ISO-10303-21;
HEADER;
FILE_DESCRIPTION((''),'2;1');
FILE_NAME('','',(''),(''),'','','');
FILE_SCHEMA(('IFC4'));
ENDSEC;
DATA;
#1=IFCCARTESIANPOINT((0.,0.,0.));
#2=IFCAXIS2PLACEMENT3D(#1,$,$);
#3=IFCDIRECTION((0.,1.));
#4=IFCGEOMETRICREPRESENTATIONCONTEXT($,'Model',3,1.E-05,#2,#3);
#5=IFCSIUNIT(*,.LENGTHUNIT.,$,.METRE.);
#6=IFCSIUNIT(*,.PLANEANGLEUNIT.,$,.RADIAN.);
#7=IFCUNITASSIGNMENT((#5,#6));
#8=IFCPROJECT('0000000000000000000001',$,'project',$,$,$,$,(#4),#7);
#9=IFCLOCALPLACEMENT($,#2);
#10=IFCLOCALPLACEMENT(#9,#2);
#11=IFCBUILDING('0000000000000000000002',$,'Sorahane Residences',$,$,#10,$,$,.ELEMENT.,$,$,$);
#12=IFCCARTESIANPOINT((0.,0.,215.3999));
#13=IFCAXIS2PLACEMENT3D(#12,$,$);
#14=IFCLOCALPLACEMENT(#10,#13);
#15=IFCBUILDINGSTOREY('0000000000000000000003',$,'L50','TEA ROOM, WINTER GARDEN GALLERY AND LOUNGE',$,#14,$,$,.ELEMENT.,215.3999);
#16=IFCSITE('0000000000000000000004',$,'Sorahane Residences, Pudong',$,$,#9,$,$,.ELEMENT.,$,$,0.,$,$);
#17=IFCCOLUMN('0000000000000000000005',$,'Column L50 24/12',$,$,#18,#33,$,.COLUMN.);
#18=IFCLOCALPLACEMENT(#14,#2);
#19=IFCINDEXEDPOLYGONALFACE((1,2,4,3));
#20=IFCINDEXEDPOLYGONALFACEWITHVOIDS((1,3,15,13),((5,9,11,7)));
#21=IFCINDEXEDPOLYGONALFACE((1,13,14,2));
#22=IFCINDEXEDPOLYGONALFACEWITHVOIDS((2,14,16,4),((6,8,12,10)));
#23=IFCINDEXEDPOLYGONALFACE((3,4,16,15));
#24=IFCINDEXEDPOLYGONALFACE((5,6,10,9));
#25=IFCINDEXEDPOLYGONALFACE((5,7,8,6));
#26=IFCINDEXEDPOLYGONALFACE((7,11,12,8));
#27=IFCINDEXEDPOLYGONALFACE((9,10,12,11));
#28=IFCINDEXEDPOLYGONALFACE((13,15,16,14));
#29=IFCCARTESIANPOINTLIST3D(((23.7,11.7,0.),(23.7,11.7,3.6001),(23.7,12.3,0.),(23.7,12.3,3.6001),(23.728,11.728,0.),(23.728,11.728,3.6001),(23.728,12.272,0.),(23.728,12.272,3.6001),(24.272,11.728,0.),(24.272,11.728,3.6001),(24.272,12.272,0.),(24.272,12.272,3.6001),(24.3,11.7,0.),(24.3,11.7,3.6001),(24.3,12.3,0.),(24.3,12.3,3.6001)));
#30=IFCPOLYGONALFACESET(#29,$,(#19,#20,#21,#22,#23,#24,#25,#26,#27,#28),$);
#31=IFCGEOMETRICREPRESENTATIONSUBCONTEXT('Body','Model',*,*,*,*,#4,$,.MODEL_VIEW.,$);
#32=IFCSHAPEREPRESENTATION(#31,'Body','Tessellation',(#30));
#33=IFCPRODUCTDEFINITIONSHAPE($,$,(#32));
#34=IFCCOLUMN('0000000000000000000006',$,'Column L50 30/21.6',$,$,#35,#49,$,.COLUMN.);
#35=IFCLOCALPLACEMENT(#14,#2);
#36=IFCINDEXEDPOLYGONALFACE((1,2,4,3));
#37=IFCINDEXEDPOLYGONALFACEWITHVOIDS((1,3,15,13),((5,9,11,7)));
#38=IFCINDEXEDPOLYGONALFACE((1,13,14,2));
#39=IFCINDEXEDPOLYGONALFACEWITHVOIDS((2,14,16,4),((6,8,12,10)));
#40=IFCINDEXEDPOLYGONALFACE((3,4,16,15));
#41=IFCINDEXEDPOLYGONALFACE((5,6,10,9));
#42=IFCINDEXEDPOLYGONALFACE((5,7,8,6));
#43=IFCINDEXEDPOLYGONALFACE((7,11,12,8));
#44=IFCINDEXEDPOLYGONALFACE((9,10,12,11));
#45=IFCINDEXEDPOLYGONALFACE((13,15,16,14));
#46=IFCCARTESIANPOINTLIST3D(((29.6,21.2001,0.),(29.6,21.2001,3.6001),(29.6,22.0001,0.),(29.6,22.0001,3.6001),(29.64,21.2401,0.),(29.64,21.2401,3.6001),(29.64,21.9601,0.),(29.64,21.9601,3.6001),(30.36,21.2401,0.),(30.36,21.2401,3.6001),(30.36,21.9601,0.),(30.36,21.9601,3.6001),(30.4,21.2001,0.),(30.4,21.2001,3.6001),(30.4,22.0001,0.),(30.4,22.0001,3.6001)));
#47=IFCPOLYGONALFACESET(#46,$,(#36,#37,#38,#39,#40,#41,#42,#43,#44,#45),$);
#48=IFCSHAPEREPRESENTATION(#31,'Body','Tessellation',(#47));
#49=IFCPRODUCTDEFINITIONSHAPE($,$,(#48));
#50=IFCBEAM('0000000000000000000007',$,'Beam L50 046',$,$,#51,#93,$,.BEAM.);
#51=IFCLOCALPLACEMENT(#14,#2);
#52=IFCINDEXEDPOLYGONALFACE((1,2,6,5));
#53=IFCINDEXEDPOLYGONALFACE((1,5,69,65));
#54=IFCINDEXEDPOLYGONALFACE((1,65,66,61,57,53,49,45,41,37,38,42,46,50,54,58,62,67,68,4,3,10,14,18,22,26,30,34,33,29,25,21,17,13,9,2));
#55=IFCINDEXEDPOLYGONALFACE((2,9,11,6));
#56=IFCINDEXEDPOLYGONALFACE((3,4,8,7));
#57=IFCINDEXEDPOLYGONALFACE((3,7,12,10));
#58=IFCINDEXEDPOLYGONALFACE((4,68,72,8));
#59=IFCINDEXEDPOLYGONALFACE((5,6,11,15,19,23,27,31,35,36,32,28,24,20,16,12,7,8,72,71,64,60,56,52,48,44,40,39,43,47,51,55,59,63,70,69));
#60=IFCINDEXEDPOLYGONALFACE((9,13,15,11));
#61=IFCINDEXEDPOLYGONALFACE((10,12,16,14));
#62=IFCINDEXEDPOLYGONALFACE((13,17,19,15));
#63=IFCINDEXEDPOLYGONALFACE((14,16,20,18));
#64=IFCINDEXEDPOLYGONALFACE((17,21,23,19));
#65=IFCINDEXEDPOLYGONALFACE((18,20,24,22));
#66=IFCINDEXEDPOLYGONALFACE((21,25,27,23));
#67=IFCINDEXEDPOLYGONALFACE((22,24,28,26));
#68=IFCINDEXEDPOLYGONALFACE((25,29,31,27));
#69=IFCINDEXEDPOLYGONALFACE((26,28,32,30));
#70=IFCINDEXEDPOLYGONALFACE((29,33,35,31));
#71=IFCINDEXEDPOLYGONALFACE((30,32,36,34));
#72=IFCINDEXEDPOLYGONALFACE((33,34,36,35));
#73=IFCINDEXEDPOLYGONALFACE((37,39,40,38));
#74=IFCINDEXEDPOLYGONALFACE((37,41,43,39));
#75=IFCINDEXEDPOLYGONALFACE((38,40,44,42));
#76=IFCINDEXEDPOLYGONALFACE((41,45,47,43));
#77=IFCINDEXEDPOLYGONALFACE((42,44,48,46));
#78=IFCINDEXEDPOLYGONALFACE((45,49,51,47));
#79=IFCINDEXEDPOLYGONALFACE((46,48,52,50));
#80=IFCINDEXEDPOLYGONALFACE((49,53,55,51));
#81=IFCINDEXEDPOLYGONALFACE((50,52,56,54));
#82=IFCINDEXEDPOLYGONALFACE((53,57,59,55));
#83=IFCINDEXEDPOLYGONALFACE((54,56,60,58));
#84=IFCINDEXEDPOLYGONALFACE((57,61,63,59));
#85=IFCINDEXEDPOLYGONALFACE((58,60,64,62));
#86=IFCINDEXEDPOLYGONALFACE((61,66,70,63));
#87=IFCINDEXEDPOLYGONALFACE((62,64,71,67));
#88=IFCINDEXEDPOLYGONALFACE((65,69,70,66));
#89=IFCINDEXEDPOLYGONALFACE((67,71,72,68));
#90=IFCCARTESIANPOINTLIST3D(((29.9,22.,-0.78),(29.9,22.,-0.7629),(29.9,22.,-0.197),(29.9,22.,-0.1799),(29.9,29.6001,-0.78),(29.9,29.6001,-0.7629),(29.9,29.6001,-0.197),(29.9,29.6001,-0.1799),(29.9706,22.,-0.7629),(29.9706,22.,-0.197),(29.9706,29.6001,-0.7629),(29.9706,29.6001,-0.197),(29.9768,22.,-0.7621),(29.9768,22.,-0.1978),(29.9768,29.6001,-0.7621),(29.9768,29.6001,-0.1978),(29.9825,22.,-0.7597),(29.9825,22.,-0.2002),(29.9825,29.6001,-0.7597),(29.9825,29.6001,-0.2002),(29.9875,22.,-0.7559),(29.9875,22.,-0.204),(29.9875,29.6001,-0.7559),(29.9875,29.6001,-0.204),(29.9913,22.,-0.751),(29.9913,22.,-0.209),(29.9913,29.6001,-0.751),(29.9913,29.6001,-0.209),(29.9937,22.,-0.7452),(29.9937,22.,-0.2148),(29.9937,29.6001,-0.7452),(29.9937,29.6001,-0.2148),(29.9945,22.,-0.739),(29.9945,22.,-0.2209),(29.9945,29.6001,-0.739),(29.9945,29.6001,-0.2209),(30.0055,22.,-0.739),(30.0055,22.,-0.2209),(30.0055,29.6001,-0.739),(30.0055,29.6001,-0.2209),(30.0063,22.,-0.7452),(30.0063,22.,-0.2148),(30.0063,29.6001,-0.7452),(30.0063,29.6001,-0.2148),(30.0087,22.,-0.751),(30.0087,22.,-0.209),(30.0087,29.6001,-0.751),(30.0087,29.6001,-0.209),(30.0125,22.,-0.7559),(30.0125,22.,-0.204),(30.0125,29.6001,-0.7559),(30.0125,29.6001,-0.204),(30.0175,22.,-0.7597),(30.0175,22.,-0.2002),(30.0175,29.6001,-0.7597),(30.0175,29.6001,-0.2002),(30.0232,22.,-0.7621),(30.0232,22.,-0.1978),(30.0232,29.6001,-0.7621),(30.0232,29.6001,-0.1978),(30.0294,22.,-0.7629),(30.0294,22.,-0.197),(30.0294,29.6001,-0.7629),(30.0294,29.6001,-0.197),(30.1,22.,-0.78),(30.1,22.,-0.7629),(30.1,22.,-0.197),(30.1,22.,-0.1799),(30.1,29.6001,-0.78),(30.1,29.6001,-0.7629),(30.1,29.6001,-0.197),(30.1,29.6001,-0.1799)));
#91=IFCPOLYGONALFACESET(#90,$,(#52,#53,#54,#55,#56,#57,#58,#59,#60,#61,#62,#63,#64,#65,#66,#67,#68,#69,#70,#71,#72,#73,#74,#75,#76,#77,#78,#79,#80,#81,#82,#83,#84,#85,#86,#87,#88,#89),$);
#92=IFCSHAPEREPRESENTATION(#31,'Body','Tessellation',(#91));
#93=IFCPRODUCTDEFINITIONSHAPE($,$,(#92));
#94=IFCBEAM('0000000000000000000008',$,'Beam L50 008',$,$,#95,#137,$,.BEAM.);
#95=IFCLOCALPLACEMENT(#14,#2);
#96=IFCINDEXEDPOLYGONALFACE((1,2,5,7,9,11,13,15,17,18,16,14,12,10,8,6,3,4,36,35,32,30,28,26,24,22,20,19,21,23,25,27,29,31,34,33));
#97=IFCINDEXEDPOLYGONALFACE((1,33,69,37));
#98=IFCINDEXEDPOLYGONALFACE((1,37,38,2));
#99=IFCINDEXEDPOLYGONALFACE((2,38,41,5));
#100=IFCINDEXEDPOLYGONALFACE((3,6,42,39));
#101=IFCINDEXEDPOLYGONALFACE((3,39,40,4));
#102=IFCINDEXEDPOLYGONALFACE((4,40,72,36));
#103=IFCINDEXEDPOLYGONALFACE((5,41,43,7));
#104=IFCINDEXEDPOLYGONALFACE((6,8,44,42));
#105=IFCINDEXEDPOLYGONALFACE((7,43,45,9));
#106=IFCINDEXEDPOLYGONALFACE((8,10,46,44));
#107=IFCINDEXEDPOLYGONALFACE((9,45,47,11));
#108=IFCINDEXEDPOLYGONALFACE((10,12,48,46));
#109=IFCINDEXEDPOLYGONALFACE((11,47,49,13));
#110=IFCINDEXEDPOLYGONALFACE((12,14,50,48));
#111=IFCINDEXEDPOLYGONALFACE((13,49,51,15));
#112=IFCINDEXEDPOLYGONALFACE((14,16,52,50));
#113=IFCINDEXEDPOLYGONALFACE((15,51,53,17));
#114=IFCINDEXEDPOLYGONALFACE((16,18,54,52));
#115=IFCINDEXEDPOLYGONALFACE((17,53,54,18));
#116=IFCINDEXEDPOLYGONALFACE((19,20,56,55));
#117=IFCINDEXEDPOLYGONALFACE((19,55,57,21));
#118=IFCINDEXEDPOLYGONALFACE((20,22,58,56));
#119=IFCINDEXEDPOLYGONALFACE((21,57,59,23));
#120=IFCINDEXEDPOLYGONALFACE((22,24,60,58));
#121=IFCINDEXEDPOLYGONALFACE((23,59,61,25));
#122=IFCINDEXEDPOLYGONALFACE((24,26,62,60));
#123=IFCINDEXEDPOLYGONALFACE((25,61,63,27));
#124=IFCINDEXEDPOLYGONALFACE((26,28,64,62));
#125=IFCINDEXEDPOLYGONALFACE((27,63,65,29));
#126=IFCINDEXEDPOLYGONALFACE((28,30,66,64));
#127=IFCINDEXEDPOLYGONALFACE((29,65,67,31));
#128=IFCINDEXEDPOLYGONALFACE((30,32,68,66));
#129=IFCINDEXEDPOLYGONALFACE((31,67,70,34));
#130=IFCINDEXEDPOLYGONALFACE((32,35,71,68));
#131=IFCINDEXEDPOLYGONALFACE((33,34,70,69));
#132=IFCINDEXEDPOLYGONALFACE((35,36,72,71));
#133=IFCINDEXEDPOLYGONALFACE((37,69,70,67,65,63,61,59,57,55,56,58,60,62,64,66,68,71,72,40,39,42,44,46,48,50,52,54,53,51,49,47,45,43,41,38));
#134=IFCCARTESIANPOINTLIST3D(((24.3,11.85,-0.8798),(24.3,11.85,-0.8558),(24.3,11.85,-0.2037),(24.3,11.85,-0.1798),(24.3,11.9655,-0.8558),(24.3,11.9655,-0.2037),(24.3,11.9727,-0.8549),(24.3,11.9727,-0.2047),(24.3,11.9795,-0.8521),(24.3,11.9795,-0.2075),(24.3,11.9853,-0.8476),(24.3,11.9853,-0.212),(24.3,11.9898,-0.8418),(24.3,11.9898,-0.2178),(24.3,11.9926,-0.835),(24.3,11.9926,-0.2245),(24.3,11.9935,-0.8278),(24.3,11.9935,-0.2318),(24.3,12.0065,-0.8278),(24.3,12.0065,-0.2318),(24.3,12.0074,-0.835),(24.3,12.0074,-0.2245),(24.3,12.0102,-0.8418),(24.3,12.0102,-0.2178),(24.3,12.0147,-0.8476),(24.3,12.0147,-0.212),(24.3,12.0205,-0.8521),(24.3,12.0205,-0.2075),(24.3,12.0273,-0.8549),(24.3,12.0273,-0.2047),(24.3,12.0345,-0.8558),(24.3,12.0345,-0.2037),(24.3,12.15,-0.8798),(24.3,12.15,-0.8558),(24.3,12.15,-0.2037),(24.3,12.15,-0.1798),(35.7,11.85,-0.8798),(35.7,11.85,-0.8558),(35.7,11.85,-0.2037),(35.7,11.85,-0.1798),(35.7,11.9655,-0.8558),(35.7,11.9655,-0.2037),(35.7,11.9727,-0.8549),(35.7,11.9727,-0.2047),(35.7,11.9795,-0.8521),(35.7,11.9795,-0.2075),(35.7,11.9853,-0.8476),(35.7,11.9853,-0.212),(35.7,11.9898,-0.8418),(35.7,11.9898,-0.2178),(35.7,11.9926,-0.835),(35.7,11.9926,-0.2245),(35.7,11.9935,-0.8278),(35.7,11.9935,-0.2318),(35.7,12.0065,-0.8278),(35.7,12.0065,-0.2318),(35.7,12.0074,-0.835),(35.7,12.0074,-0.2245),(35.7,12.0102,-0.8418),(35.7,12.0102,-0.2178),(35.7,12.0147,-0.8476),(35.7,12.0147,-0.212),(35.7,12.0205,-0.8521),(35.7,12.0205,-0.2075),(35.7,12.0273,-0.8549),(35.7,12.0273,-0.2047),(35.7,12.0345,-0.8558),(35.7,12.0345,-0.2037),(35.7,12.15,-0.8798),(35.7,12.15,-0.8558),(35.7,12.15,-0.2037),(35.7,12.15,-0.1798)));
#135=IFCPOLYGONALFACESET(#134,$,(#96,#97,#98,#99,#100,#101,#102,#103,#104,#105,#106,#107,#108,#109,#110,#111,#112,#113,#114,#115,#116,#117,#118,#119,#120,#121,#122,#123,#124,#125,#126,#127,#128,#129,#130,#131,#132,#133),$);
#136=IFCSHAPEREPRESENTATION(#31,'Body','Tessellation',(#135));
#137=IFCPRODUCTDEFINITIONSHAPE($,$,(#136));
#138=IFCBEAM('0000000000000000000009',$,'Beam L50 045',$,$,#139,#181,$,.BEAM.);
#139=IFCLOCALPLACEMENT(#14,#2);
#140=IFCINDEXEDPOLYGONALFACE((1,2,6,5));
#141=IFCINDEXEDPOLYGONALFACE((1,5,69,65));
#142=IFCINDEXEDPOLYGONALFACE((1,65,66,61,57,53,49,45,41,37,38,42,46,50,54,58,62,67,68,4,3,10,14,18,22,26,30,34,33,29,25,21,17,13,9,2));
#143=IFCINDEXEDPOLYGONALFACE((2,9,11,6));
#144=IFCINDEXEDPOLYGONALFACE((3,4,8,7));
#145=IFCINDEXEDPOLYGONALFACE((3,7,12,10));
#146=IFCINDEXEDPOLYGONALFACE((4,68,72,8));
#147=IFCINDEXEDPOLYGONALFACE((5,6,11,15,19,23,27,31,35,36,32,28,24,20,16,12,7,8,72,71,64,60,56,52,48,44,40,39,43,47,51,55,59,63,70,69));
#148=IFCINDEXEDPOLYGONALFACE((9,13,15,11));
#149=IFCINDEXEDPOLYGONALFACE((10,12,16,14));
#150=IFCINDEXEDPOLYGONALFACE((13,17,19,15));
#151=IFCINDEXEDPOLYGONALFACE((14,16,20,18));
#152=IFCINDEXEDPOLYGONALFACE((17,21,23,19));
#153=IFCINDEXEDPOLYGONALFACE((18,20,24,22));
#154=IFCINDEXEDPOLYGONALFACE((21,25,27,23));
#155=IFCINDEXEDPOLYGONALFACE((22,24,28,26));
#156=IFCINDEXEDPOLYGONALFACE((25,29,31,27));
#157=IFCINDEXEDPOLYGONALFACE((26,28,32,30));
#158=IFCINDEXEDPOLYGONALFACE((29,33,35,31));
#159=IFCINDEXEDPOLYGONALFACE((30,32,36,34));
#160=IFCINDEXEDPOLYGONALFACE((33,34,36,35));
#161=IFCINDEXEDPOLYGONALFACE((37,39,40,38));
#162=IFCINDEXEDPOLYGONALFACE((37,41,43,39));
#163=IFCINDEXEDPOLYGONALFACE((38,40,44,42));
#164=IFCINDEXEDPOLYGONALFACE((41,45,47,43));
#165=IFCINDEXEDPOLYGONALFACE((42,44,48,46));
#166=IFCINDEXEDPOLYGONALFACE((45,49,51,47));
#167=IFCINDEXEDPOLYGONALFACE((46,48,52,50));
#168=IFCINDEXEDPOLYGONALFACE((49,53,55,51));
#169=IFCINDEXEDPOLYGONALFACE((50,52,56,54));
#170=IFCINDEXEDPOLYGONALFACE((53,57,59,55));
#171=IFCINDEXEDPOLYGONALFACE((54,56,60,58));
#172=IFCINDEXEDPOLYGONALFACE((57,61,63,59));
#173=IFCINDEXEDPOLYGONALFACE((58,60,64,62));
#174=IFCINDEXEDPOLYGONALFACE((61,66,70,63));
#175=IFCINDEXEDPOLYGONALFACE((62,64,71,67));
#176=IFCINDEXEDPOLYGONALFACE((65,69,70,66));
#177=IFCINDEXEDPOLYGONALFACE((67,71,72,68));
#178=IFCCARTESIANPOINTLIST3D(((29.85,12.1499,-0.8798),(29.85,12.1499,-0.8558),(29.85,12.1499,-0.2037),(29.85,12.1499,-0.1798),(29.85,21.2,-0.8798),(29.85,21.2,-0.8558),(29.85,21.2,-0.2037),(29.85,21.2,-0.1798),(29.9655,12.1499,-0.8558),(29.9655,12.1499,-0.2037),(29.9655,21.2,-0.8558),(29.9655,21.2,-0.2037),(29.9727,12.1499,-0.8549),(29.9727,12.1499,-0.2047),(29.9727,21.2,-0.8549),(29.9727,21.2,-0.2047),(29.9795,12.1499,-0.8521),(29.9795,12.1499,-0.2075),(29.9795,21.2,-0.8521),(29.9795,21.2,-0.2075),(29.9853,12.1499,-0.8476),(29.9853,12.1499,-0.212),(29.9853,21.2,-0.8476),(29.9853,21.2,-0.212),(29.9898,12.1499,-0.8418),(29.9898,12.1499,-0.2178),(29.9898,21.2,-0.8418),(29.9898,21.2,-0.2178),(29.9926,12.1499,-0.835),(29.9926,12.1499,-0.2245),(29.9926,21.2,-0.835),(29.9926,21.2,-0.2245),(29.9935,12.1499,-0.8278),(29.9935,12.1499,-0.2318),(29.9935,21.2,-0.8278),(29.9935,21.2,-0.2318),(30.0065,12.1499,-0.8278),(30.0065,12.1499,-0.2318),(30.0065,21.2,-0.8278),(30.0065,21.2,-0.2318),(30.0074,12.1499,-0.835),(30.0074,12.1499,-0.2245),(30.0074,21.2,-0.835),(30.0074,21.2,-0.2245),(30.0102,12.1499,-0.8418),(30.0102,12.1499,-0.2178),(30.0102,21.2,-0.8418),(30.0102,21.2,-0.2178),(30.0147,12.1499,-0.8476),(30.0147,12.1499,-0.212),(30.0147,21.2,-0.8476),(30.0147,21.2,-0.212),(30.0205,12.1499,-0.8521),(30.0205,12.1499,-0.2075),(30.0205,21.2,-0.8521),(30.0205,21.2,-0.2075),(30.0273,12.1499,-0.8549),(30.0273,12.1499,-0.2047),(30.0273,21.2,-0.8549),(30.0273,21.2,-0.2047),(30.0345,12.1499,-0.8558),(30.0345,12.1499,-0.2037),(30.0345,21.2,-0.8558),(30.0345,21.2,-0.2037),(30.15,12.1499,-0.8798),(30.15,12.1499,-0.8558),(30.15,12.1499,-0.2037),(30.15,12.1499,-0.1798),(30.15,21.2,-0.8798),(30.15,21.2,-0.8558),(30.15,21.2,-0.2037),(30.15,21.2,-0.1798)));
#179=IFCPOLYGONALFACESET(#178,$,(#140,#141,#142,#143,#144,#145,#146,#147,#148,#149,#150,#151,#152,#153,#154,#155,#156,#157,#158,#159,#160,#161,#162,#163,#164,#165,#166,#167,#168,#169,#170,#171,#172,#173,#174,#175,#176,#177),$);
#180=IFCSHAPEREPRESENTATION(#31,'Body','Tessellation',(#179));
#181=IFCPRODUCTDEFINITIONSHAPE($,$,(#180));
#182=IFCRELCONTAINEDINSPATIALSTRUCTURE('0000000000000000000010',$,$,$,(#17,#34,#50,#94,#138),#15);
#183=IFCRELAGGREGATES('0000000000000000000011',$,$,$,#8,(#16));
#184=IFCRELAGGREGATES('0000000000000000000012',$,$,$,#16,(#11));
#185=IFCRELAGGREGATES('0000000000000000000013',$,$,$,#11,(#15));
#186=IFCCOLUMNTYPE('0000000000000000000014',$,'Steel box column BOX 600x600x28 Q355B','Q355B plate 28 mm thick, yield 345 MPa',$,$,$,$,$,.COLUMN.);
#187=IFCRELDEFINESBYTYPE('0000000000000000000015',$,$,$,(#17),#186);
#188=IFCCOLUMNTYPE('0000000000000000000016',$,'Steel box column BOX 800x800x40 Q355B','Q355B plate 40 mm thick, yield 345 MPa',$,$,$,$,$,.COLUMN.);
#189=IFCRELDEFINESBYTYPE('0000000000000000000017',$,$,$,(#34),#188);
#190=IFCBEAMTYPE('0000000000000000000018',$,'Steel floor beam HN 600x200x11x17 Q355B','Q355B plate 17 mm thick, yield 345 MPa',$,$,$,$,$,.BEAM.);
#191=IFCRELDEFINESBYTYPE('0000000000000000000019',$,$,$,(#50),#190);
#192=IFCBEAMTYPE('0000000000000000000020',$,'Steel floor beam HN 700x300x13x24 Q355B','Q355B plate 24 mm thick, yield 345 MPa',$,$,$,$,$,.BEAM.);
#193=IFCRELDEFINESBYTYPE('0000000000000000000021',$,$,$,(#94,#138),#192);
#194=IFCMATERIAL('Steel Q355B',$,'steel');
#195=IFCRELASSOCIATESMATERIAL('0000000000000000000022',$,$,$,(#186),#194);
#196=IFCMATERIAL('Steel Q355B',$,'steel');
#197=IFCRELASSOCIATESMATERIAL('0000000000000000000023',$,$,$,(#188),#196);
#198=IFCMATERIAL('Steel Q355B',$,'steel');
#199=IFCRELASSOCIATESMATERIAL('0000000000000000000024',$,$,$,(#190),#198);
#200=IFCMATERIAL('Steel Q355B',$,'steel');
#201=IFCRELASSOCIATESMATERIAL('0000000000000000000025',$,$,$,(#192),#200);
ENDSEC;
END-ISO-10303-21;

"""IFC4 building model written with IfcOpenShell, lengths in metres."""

from ifc_helpers import new_model, si_unit, direction, frame, origin, origin_2d, place, context, subcontext, project, spatial, hollow_rectangle, i_section, extrude, material, material_profile, profile_set, type_object, element, save


model = new_model("IFC4")

# Units and contexts
model_context = context("Model", 3, precision=1e-05, world=origin(), true_north=direction((0.0, 1.0)))
body_context = subcontext(model_context, "Body", "Model", "MODEL_VIEW")
ifc_project = project(units=[si_unit("LENGTHUNIT", "METRE"), si_unit("PLANEANGLEUNIT", "RADIAN")], contexts=[model_context])

# Site, building, storey
site_placement = place(None, origin())
site = spatial("IfcSite", under=ifc_project, at=site_placement, Name="Sorahane Residences, Pudong", CompositionType="ELEMENT", RefElevation=0.0)
building_placement = place(site_placement, origin())
building = spatial("IfcBuilding", under=site, at=building_placement, Name="Sorahane Residences", CompositionType="ELEMENT")
storey_placement = place(building_placement, frame((0.0, 0.0, 215.3999)))
storey = spatial("IfcBuildingStorey", under=building, at=storey_placement, Name="L50", Description="TEA ROOM, WINTER GARDEN GALLERY AND LOUNGE", CompositionType="ELEMENT", Elevation=215.3999)

# Columns
ifc_material_1 = material(Name="Steel Q355B", Category="steel")
ifc_material_profile_1 = material_profile(ifc_material_1, hollow_rectangle(XDim=0.6001, YDim=0.6001, WallThickness=0.0281, at=origin_2d()), Name="BOX 600x600x28")
ifc_profile_set_1 = profile_set([ifc_material_profile_1], Name="Steel Q355B")
column_type_1 = type_object("IfcColumnType", Name="Steel box column BOX 600x600x28 Q355B", Description="Q355B plate 28 mm thick, yield 345 MPa", PredefinedType="COLUMN", material=ifc_profile_set_1)
column_1_placement = place(storey_placement, frame((24.0, 12.0, 0.0), z_axis=(0.0, 0.0, 1.0), x_axis=(1.0, 0.0, 0.0)))
element("IfcColumn", 1, at=column_1_placement, inside=storey, type_object=column_type_1, Name="Column L50 24/12", PredefinedType="COLUMN", context=body_context, shape_type="SweptSolid", body=[
    extrude(hollow_rectangle(XDim=0.6001, YDim=0.6001, WallThickness=0.0281, at=origin_2d()), origin(), (0.0, 0.0, 1.0), 3.6001),
])
ifc_material_2 = material(Name="Steel Q355B", Category="steel")
ifc_material_profile_2 = material_profile(ifc_material_2, hollow_rectangle(XDim=0.8, YDim=0.8, WallThickness=0.04, at=origin_2d()), Name="BOX 800x800x40")
ifc_profile_set_2 = profile_set([ifc_material_profile_2], Name="Steel Q355B")
column_type_2 = type_object("IfcColumnType", Name="Steel box column BOX 800x800x40 Q355B", Description="Q355B plate 40 mm thick, yield 345 MPa", PredefinedType="COLUMN", material=ifc_profile_set_2)
column_2_placement = place(storey_placement, frame((30.0, 21.6001, 0.0), z_axis=(0.0, 0.0, 1.0), x_axis=(1.0, 0.0, 0.0)))
element("IfcColumn", 2, at=column_2_placement, inside=storey, type_object=column_type_2, Name="Column L50 30/21.6", PredefinedType="COLUMN", context=body_context, shape_type="SweptSolid", body=[
    extrude(hollow_rectangle(XDim=0.8, YDim=0.8, WallThickness=0.04, at=origin_2d()), origin(), (0.0, 0.0, 1.0), 3.6001),
])

# Beams
ifc_material_3 = material(Name="Steel Q355B", Category="steel")
ifc_material_profile_3 = material_profile(ifc_material_3, i_section(OverallWidth=0.2, OverallDepth=0.6001, WebThickness=0.011, FlangeThickness=0.0171, FilletRadius=0.0239, at=origin_2d()), Name="HN 600x200x11x17")
ifc_profile_set_3 = profile_set([ifc_material_profile_3], Name="Steel Q355B")
beam_type_1 = type_object("IfcBeamType", Name="Steel floor beam HN 600x200x11x17 Q355B", Description="Q355B plate 17 mm thick, yield 345 MPa", PredefinedType="BEAM", material=ifc_profile_set_3)
beam_1_placement = place(storey_placement, frame((30.0, 22.0, -0.48), z_axis=(0.0, 1.0, 0.0), x_axis=(-1.0, 0.0, 0.0)))
element("IfcBeam", 3, at=beam_1_placement, inside=storey, type_object=beam_type_1, Name="Beam L50 046", PredefinedType="BEAM", context=body_context, shape_type="SweptSolid", body=[
    extrude(i_section(OverallWidth=0.2, OverallDepth=0.6001, WebThickness=0.011, FlangeThickness=0.0171, FilletRadius=0.0239, at=origin_2d()), origin(), (0.0, 0.0, 1.0), 7.6001),
])
ifc_material_4 = material(Name="Steel Q355B", Category="steel")
ifc_material_profile_4 = material_profile(ifc_material_4, i_section(OverallWidth=0.3, OverallDepth=0.7, WebThickness=0.0129, FlangeThickness=0.0239, FilletRadius=0.0281, at=origin_2d()), Name="HN 700x300x13x24")
ifc_profile_set_4 = profile_set([ifc_material_profile_4], Name="Steel Q355B")
beam_type_2 = type_object("IfcBeamType", Name="Steel floor beam HN 700x300x13x24 Q355B", Description="Q355B plate 24 mm thick, yield 345 MPa", PredefinedType="BEAM", material=ifc_profile_set_4)
beam_2_placement = place(storey_placement, frame((24.3, 12.0, -0.5298), z_axis=(1.0, 0.0, 0.0), x_axis=(0.0, 1.0, 0.0)))
element("IfcBeam", 4, at=beam_2_placement, inside=storey, type_object=beam_type_2, Name="Beam L50 008", PredefinedType="BEAM", context=body_context, shape_type="SweptSolid", body=[
    extrude(i_section(OverallWidth=0.3, OverallDepth=0.7, WebThickness=0.0129, FlangeThickness=0.0239, FilletRadius=0.0281, at=origin_2d()), origin(), (0.0, 0.0, 1.0), 11.3999),
])
beam_3_placement = place(storey_placement, frame((30.0, 12.1499, -0.5298), z_axis=(0.0, 1.0, 0.0), x_axis=(-1.0, 0.0, 0.0)))
element("IfcBeam", 5, at=beam_3_placement, inside=storey, type_object=beam_type_2, Name="Beam L50 045", PredefinedType="BEAM", context=body_context, shape_type="SweptSolid", body=[
    extrude(i_section(OverallWidth=0.3, OverallDepth=0.7, WebThickness=0.0129, FlangeThickness=0.0239, FilletRadius=0.0281, at=origin_2d()), origin(), (0.0, 0.0, 1.0), 9.05),
])

save(model, "model.ifc")
